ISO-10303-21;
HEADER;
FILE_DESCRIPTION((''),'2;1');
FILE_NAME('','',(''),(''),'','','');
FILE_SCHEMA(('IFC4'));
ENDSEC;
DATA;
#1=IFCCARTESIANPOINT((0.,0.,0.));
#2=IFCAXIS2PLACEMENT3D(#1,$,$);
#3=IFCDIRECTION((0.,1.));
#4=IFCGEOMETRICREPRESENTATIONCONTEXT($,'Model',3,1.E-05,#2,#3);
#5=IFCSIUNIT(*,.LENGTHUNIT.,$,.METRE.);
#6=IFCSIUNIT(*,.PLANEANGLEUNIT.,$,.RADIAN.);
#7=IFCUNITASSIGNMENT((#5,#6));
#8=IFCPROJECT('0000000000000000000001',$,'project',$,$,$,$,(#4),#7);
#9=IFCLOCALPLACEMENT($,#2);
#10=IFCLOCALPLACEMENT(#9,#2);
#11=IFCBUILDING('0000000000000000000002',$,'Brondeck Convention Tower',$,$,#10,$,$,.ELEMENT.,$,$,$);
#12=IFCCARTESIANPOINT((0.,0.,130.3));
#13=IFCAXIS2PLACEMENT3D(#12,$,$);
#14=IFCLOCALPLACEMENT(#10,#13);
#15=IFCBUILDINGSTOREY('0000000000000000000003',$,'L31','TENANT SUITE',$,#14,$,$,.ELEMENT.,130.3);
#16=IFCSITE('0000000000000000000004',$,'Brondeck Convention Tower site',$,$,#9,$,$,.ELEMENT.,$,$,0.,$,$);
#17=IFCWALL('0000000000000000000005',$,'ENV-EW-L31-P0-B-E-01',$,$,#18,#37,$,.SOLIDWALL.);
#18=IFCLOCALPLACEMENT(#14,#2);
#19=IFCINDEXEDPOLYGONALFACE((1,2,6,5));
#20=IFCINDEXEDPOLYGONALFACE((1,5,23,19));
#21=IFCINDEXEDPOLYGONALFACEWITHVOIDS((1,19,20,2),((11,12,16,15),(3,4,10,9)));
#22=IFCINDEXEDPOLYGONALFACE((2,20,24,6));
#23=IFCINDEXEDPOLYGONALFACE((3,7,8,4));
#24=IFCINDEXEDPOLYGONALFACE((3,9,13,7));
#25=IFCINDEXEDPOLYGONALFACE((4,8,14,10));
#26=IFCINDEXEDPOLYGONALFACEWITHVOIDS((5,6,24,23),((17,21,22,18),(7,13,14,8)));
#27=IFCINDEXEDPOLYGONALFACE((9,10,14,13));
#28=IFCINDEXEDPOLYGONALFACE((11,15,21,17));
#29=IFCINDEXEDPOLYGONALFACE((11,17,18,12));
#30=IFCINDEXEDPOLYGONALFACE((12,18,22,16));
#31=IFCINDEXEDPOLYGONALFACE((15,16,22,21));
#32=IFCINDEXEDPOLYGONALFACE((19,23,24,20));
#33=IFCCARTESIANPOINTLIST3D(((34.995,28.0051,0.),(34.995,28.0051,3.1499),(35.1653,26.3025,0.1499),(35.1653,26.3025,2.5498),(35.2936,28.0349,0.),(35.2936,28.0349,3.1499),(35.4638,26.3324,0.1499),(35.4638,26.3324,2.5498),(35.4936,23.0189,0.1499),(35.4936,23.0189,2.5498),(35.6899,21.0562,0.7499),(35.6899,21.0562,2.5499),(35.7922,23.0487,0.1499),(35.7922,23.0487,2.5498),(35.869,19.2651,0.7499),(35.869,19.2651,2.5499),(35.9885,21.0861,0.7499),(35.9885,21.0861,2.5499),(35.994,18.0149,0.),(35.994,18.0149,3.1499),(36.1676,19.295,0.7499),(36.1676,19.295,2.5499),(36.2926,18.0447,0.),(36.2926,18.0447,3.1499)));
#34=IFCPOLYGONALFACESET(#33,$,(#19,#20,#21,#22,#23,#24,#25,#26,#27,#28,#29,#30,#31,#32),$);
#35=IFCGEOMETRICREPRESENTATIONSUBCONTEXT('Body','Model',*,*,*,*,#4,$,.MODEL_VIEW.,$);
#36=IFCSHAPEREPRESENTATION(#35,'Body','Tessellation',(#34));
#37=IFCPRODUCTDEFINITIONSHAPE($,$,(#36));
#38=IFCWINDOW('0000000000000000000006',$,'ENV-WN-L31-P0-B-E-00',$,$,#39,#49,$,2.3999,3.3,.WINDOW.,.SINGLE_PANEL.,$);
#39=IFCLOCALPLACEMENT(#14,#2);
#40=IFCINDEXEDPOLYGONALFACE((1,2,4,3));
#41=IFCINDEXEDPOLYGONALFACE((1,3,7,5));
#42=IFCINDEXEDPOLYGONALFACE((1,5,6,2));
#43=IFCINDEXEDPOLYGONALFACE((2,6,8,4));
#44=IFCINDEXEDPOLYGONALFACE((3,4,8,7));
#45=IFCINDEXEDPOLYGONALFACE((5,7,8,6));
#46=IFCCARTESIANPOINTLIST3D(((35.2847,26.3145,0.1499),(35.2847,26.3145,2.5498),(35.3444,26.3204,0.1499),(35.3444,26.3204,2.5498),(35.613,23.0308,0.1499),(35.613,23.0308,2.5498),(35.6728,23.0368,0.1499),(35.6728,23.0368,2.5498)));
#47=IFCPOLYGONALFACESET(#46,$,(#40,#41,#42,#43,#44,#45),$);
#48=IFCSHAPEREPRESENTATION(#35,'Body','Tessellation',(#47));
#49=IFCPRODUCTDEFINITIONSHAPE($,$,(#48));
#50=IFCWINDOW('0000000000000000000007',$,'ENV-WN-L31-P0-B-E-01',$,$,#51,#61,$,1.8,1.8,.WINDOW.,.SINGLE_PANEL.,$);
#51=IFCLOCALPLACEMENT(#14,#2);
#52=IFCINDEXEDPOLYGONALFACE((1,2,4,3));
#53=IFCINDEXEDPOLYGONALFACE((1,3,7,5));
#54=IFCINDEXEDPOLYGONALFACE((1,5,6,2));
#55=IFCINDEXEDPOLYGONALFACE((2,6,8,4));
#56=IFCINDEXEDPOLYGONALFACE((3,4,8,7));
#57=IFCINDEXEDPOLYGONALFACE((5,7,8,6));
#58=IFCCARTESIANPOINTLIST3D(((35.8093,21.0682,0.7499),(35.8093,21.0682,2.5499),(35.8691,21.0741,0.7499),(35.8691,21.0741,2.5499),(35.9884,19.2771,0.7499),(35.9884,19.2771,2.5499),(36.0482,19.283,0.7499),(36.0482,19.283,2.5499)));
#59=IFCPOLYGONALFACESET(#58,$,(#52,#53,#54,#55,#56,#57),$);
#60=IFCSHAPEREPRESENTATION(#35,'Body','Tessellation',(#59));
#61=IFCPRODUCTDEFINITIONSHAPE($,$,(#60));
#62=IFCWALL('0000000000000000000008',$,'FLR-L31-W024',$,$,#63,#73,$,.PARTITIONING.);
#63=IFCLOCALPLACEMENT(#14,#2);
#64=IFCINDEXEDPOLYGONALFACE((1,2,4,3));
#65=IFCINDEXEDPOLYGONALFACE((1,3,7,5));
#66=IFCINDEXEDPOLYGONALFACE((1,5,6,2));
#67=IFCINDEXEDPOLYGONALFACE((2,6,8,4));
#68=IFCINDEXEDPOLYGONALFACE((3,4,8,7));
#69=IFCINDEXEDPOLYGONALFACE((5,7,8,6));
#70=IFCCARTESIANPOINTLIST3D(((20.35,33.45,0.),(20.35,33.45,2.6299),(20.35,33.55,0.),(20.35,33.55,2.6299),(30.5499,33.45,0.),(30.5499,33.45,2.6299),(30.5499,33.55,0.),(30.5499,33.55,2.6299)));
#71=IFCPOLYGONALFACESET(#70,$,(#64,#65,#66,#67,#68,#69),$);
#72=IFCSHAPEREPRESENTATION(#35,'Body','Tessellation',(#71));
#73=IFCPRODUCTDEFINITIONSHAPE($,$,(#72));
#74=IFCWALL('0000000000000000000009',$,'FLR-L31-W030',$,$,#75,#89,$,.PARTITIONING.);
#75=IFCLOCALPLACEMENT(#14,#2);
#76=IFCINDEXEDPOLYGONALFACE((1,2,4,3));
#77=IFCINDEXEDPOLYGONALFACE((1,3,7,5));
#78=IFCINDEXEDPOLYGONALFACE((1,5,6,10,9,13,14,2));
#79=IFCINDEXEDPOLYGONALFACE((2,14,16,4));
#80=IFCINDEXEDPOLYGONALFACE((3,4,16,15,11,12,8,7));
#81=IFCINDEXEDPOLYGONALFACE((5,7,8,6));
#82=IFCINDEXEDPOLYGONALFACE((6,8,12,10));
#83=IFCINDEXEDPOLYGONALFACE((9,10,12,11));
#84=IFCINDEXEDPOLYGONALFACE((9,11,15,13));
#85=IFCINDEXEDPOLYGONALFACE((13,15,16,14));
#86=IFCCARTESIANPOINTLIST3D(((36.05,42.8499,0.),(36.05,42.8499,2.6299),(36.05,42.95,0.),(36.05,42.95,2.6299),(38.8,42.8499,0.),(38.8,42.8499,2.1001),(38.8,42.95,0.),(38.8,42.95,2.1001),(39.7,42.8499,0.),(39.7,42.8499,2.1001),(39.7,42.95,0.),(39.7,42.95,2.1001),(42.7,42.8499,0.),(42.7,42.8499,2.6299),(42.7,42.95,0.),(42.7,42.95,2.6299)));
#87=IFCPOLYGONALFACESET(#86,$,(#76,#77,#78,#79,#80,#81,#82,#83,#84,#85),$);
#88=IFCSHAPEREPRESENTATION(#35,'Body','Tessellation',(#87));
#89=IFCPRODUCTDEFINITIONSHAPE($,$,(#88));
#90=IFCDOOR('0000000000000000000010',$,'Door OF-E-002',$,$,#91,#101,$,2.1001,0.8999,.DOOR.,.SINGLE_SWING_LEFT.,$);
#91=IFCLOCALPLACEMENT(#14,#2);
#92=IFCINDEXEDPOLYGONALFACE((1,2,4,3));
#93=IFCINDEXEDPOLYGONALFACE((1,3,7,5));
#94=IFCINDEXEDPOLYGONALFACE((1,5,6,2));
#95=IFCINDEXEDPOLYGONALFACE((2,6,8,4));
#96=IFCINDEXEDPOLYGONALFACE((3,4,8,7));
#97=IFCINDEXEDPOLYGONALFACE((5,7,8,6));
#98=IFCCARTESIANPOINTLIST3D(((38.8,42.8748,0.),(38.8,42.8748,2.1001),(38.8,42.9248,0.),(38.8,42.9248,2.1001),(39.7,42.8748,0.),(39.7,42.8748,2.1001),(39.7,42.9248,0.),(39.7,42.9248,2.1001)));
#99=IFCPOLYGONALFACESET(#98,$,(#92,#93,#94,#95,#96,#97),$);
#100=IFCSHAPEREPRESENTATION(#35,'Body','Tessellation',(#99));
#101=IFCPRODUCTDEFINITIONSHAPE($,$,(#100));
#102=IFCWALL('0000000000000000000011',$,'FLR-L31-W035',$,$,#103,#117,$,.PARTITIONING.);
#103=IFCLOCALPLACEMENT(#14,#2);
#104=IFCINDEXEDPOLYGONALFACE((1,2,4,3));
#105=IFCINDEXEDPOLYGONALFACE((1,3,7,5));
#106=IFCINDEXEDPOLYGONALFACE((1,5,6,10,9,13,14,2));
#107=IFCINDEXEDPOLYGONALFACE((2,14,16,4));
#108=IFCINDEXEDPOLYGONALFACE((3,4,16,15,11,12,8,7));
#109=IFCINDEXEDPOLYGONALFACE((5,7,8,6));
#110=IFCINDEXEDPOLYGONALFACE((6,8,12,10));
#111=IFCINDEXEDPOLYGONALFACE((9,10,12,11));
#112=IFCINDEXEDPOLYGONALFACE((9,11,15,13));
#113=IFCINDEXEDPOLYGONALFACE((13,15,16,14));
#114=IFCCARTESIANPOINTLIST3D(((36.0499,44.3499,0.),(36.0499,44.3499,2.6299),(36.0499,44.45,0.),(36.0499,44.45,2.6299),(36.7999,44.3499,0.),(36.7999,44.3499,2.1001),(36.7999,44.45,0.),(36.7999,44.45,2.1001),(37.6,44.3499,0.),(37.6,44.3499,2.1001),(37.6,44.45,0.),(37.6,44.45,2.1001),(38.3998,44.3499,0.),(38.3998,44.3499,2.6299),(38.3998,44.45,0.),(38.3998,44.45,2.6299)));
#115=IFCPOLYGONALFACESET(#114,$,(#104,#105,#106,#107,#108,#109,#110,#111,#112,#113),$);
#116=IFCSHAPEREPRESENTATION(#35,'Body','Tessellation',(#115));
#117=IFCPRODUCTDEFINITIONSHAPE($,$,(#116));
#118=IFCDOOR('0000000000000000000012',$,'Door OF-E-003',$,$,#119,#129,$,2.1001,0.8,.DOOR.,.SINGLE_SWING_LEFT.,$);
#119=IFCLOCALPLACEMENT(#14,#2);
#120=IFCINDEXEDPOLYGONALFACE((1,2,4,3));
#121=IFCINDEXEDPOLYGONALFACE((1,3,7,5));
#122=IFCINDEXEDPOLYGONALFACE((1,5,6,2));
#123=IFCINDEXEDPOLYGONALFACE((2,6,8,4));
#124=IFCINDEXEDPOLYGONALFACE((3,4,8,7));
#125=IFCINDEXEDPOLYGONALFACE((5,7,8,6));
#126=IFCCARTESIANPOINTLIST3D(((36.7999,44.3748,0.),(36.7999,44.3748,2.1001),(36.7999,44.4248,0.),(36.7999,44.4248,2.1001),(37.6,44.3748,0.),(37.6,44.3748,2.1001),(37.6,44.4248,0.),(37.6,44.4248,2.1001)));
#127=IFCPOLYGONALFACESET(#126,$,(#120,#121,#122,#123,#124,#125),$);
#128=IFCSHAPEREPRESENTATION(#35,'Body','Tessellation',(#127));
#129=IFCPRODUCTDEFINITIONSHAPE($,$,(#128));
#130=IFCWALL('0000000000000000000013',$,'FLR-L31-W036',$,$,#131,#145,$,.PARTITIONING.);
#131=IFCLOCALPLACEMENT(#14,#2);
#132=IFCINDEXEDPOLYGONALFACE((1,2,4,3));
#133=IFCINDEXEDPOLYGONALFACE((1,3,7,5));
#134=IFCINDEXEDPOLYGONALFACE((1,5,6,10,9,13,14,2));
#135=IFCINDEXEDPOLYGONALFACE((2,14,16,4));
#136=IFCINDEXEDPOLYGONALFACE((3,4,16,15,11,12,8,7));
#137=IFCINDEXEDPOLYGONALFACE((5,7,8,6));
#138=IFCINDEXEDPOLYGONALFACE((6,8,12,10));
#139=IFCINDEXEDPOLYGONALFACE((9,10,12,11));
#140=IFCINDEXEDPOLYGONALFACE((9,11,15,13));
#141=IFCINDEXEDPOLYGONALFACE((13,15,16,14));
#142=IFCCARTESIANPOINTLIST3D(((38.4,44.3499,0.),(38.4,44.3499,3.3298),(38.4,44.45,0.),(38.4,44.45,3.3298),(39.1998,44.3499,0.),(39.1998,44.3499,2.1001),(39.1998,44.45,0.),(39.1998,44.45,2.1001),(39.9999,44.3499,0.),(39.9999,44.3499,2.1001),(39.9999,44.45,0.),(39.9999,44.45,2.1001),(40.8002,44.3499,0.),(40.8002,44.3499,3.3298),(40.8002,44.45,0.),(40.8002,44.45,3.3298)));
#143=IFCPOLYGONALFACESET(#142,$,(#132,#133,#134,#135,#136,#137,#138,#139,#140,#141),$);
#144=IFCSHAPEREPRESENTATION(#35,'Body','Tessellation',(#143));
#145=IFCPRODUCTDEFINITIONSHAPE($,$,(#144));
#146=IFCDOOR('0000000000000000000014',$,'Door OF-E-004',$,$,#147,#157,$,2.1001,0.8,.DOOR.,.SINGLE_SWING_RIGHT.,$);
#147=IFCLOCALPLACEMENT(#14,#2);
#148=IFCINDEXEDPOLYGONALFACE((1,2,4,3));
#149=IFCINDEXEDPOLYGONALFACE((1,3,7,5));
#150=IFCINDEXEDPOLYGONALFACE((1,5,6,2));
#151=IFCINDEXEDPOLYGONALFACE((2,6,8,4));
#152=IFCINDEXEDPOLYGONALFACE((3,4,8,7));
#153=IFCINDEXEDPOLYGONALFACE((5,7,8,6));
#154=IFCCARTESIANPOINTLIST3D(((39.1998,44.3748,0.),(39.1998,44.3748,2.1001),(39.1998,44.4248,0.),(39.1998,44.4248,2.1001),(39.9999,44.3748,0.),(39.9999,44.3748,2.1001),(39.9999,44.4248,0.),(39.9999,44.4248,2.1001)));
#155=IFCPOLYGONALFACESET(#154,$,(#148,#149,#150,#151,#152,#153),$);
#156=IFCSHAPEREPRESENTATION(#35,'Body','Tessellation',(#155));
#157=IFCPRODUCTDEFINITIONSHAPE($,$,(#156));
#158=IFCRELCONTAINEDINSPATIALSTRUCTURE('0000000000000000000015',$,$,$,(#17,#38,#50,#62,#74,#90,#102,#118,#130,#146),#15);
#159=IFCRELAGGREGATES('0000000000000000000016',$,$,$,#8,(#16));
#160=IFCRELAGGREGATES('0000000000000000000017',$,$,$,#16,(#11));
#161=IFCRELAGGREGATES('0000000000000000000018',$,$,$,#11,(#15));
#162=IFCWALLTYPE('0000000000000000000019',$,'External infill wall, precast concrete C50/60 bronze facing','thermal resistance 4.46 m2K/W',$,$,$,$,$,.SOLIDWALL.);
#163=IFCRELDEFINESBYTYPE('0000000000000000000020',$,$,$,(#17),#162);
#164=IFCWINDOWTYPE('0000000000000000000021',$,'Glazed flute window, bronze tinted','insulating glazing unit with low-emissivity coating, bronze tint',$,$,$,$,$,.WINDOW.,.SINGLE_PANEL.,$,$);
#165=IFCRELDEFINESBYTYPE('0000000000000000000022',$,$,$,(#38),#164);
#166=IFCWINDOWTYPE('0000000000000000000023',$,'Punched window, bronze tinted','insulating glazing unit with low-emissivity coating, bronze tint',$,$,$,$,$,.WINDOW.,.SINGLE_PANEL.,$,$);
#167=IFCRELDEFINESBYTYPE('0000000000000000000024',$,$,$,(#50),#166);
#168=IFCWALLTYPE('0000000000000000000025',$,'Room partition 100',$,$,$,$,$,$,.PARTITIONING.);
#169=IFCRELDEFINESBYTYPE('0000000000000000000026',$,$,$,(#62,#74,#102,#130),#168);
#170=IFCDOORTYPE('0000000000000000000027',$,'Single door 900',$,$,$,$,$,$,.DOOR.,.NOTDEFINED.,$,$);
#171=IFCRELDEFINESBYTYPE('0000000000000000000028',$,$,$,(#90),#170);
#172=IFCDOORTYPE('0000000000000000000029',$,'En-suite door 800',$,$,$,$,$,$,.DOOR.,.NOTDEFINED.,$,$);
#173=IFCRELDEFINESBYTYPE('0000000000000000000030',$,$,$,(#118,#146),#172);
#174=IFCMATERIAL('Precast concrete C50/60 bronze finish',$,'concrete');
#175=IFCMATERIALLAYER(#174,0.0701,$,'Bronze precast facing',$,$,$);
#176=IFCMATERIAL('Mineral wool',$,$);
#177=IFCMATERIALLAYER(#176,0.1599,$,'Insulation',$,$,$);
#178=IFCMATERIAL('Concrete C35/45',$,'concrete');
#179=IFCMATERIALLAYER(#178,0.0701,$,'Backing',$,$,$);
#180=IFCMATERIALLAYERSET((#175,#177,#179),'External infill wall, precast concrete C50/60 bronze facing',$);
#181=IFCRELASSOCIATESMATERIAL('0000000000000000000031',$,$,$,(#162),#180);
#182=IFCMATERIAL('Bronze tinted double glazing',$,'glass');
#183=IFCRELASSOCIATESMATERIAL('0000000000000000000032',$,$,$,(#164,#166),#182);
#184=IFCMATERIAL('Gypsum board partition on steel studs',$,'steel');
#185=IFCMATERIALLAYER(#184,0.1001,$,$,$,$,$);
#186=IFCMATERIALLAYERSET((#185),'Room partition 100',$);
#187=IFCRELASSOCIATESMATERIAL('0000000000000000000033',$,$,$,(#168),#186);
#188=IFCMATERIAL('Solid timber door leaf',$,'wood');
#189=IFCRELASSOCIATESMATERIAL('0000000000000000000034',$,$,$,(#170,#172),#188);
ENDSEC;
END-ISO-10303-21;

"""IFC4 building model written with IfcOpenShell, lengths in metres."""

from ifc_helpers import new_model, si_unit, direction, frame, frame_2d, origin, place, context, subcontext, project, spatial, rectangle, extrude, material, layer, layer_set, type_object, element, fill, save


model = new_model("IFC4")

# Units and contexts
model_context = context("Model", 3, precision=1e-05, world=origin(), true_north=direction((0.0, 1.0)))
body_context = subcontext(model_context, "Body", "Model", "MODEL_VIEW")
ifc_project = project(units=[si_unit("LENGTHUNIT", "METRE"), si_unit("PLANEANGLEUNIT", "RADIAN")], contexts=[model_context])

# Site, building, storey
site_placement = place(None, origin())
site = spatial("IfcSite", under=ifc_project, at=site_placement, Name="Brondeck Convention Tower site", CompositionType="ELEMENT", RefElevation=0.0)
building_placement = place(site_placement, origin())
building = spatial("IfcBuilding", under=site, at=building_placement, Name="Brondeck Convention Tower", CompositionType="ELEMENT")
storey_placement = place(building_placement, frame((0.0, 0.0, 130.3)))
storey = spatial("IfcBuildingStorey", under=building, at=storey_placement, Name="L31", Description="TENANT SUITE", CompositionType="ELEMENT", Elevation=130.3)

# Wall, openings, windows
ifc_material_1 = material(Name="Precast concrete C50/60 bronze finish", Category="concrete")
ifc_layer_1 = layer(ifc_material_1, 0.0701, Name="Bronze precast facing")
ifc_material_2 = material(Name="Mineral wool")
ifc_layer_2 = layer(ifc_material_2, 0.1599, Name="Insulation")
ifc_material_3 = material(Name="Concrete C35/45", Category="concrete")
ifc_layer_3 = layer(ifc_material_3, 0.0701, Name="Backing")
ifc_layer_set_1 = layer_set([ifc_layer_1, ifc_layer_2, ifc_layer_3], Name="External infill wall, precast concrete C50/60 bronze facing")
wall_type_1 = type_object("IfcWallType", Name="External infill wall, precast concrete C50/60 bronze facing", Description="thermal resistance 4.46 m2K/W", PredefinedType="SOLIDWALL", material=ifc_layer_set_1)
wall_1_placement = place(storey_placement, frame((35.1443, 28.02, 0.0), z_axis=(0.0, 0.0, 1.0), x_axis=(0.099504, -0.995037, 0.0)))
wall_1 = element("IfcWall", 1, at=wall_1_placement, inside=storey, type_object=wall_type_1, Name="ENV-EW-L31-P0-B-E-01", PredefinedType="SOLIDWALL", context=body_context, shape_type="SweptSolid", body=[
    extrude(rectangle(XDim=10.04, YDim=0.3, at=frame_2d((5.02, 0.0))), origin(), (0.0, 0.0, 1.0), 3.1499),
])
opening_1_placement = place(wall_1_placement, frame((1.7112, 0.0, 0.1499)))
opening_1 = element("IfcOpeningElement", 2, at=opening_1_placement, cuts=wall_1, PredefinedType="OPENING", context=body_context, shape_type="SweptSolid", body=[
    extrude(rectangle(XDim=3.3, YDim=2.3999, at=frame_2d((1.6499, 1.2))), frame((0.0, 0.1599, 0.0), z_axis=(0.0, -1.0, 0.0), x_axis=(1.0, 0.0, 0.0)), (0.0, 0.0, 1.0), 0.3201),
])
opening_2_placement = place(wall_1_placement, frame((6.9836, 0.0, 0.75)))
opening_2 = element("IfcOpeningElement", 3, at=opening_2_placement, cuts=wall_1, PredefinedType="OPENING", context=body_context, shape_type="SweptSolid", body=[
    extrude(rectangle(XDim=1.8, YDim=1.8, at=frame_2d((0.8999, 0.8999))), frame((0.0, 0.1599, 0.0), z_axis=(0.0, -1.0, 0.0), x_axis=(1.0, 0.0, 0.0)), (0.0, 0.0, 1.0), 0.3201),
])
ifc_material_4 = material(Name="Bronze tinted double glazing", Category="glass")
window_type_1 = type_object("IfcWindowType", Name="Glazed flute window, bronze tinted", Description="insulating glazing unit with low-emissivity coating, bronze tint", PartitioningType="SINGLE_PANEL", PredefinedType="WINDOW", material=ifc_material_4)
window_1_placement = place(opening_1_placement, origin())
window_1 = element("IfcWindow", 4, at=window_1_placement, inside=storey, type_object=window_type_1, Name="ENV-WN-L31-P0-B-E-00", OverallHeight=2.3999, OverallWidth=3.3, PartitioningType="SINGLE_PANEL", PredefinedType="WINDOW", context=body_context, shape_type="SweptSolid", body=[
    extrude(rectangle(XDim=3.3, YDim=2.3999, at=frame_2d((1.6499, 1.2))), frame((0.0, 0.03, 0.0), z_axis=(0.0, -1.0, 0.0), x_axis=(1.0, 0.0, 0.0)), (0.0, 0.0, 1.0), 0.0601),
])
fill(opening_1, window_1)
window_type_2 = type_object("IfcWindowType", Name="Punched window, bronze tinted", Description="insulating glazing unit with low-emissivity coating, bronze tint", PartitioningType="SINGLE_PANEL", PredefinedType="WINDOW", material=ifc_material_4)
window_2_placement = place(opening_2_placement, origin())
window_2 = element("IfcWindow", 5, at=window_2_placement, inside=storey, type_object=window_type_2, Name="ENV-WN-L31-P0-B-E-01", OverallHeight=1.8, OverallWidth=1.8, PartitioningType="SINGLE_PANEL", PredefinedType="WINDOW", context=body_context, shape_type="SweptSolid", body=[
    extrude(rectangle(XDim=1.8, YDim=1.8, at=frame_2d((0.8999, 0.8999))), frame((0.0, 0.03, 0.0), z_axis=(0.0, -1.0, 0.0), x_axis=(1.0, 0.0, 0.0)), (0.0, 0.0, 1.0), 0.0601),
])
fill(opening_2, window_2)

# Wall
ifc_material_5 = material(Name="Gypsum board partition on steel studs", Category="steel")
ifc_layer_4 = layer(ifc_material_5, 0.1001)
ifc_layer_set_2 = layer_set([ifc_layer_4], Name="Room partition 100")
wall_type_2 = type_object("IfcWallType", Name="Room partition 100", PredefinedType="PARTITIONING", material=ifc_layer_set_2)
wall_2_placement = place(storey_placement, frame((30.55, 33.5, 0.0), z_axis=(0.0, 0.0, 1.0), x_axis=(-1.0, 0.0, 0.0)))
element("IfcWall", 6, at=wall_2_placement, inside=storey, type_object=wall_type_2, Name="FLR-L31-W024", PredefinedType="PARTITIONING", context=body_context, shape_type="SweptSolid", body=[
    extrude(rectangle(XDim=10.2, YDim=0.1001, at=frame_2d((5.1001, 0.0))), origin(), (0.0, 0.0, 1.0), 2.6299),
])

# Walls, openings, doors
wall_3_placement = place(storey_placement, frame((36.05, 42.8999, 0.0), z_axis=(0.0, 0.0, 1.0), x_axis=(1.0, 0.0, 0.0)))
wall_3 = element("IfcWall", 7, at=wall_3_placement, inside=storey, type_object=wall_type_2, Name="FLR-L31-W030", PredefinedType="PARTITIONING", context=body_context, shape_type="SweptSolid", body=[
    extrude(rectangle(XDim=6.6499, YDim=0.1001, at=frame_2d((3.325, 0.0))), origin(), (0.0, 0.0, 1.0), 2.6299),
])
opening_3_placement = place(wall_3_placement, frame((2.75, 0.0, 0.0)))
opening_3 = element("IfcOpeningElement", 8, at=opening_3_placement, cuts=wall_3, PredefinedType="OPENING", context=body_context, shape_type="SweptSolid", body=[
    extrude(rectangle(XDim=0.8999, YDim=2.1001, at=frame_2d((0.45, 1.05))), frame((0.0, 0.0601, 0.0), z_axis=(0.0, -1.0, 0.0), x_axis=(1.0, 0.0, 0.0)), (0.0, 0.0, 1.0), 0.1201),
])
ifc_material_6 = material(Name="Solid timber door leaf", Category="wood")
door_type_1 = type_object("IfcDoorType", Name="Single door 900", OperationType="NOTDEFINED", PredefinedType="DOOR", material=ifc_material_6)
door_1_placement = place(opening_3_placement, origin())
door_1 = element("IfcDoor", 9, at=door_1_placement, inside=storey, type_object=door_type_1, Name="Door OF-E-002", OperationType="SINGLE_SWING_LEFT", OverallHeight=2.1001, OverallWidth=0.8999, PredefinedType="DOOR", context=body_context, shape_type="SweptSolid", body=[
    extrude(rectangle(XDim=0.8999, YDim=2.1001, at=frame_2d((0.45, 1.05))), frame((0.0, 0.0249, 0.0), z_axis=(0.0, -1.0, 0.0), x_axis=(1.0, 0.0, 0.0)), (0.0, 0.0, 1.0), 0.05),
])
fill(opening_3, door_1)
wall_4_placement = place(storey_placement, frame((36.05, 44.3999, 0.0), z_axis=(0.0, 0.0, 1.0), x_axis=(1.0, 0.0, 0.0)))
wall_4 = element("IfcWall", 10, at=wall_4_placement, inside=storey, type_object=wall_type_2, Name="FLR-L31-W035", PredefinedType="PARTITIONING", context=body_context, shape_type="SweptSolid", body=[
    extrude(rectangle(XDim=2.3499, YDim=0.1001, at=frame_2d((1.1748, 0.0))), origin(), (0.0, 0.0, 1.0), 2.6299),
])
opening_4_placement = place(wall_4_placement, frame((0.75, 0.0, 0.0)))
opening_4 = element("IfcOpeningElement", 11, at=opening_4_placement, cuts=wall_4, PredefinedType="OPENING", context=body_context, shape_type="SweptSolid", body=[
    extrude(rectangle(XDim=0.8, YDim=2.1001, at=frame_2d((0.3999, 1.05))), frame((0.0, 0.0601, 0.0), z_axis=(0.0, -1.0, 0.0), x_axis=(1.0, 0.0, 0.0)), (0.0, 0.0, 1.0), 0.1201),
])
door_type_2 = type_object("IfcDoorType", Name="En-suite door 800", OperationType="NOTDEFINED", PredefinedType="DOOR", material=ifc_material_6)
door_2_placement = place(opening_4_placement, origin())
door_2 = element("IfcDoor", 12, at=door_2_placement, inside=storey, type_object=door_type_2, Name="Door OF-E-003", OperationType="SINGLE_SWING_LEFT", OverallHeight=2.1001, OverallWidth=0.8, PredefinedType="DOOR", context=body_context, shape_type="SweptSolid", body=[
    extrude(rectangle(XDim=0.8, YDim=2.1001, at=frame_2d((0.3999, 1.05))), frame((0.0, 0.0249, 0.0), z_axis=(0.0, -1.0, 0.0), x_axis=(1.0, 0.0, 0.0)), (0.0, 0.0, 1.0), 0.05),
])
fill(opening_4, door_2)
wall_5_placement = place(storey_placement, frame((38.3999, 44.3999, 0.0), z_axis=(0.0, 0.0, 1.0), x_axis=(1.0, 0.0, 0.0)))
wall_5 = element("IfcWall", 13, at=wall_5_placement, inside=storey, type_object=wall_type_2, Name="FLR-L31-W036", PredefinedType="PARTITIONING", context=body_context, shape_type="SweptSolid", body=[
    extrude(rectangle(XDim=2.4001, YDim=0.1001, at=frame_2d((1.2002, 0.0))), origin(), (0.0, 0.0, 1.0), 3.3298),
])
opening_5_placement = place(wall_5_placement, frame((0.8, 0.0, 0.0)))
opening_5 = element("IfcOpeningElement", 14, at=opening_5_placement, cuts=wall_5, PredefinedType="OPENING", context=body_context, shape_type="SweptSolid", body=[
    extrude(rectangle(XDim=0.8, YDim=2.1001, at=frame_2d((0.3999, 1.05))), frame((0.0, 0.0601, 0.0), z_axis=(0.0, -1.0, 0.0), x_axis=(1.0, 0.0, 0.0)), (0.0, 0.0, 1.0), 0.1201),
])
door_3_placement = place(opening_5_placement, origin())
door_3 = element("IfcDoor", 15, at=door_3_placement, inside=storey, type_object=door_type_2, Name="Door OF-E-004", OperationType="SINGLE_SWING_RIGHT", OverallHeight=2.1001, OverallWidth=0.8, PredefinedType="DOOR", context=body_context, shape_type="SweptSolid", body=[
    extrude(rectangle(XDim=0.8, YDim=2.1001, at=frame_2d((0.3999, 1.05))), frame((0.0, 0.0249, 0.0), z_axis=(0.0, -1.0, 0.0), x_axis=(1.0, 0.0, 0.0)), (0.0, 0.0, 1.0), 0.05),
])
fill(opening_5, door_3)

save(model, "model.ifc")
